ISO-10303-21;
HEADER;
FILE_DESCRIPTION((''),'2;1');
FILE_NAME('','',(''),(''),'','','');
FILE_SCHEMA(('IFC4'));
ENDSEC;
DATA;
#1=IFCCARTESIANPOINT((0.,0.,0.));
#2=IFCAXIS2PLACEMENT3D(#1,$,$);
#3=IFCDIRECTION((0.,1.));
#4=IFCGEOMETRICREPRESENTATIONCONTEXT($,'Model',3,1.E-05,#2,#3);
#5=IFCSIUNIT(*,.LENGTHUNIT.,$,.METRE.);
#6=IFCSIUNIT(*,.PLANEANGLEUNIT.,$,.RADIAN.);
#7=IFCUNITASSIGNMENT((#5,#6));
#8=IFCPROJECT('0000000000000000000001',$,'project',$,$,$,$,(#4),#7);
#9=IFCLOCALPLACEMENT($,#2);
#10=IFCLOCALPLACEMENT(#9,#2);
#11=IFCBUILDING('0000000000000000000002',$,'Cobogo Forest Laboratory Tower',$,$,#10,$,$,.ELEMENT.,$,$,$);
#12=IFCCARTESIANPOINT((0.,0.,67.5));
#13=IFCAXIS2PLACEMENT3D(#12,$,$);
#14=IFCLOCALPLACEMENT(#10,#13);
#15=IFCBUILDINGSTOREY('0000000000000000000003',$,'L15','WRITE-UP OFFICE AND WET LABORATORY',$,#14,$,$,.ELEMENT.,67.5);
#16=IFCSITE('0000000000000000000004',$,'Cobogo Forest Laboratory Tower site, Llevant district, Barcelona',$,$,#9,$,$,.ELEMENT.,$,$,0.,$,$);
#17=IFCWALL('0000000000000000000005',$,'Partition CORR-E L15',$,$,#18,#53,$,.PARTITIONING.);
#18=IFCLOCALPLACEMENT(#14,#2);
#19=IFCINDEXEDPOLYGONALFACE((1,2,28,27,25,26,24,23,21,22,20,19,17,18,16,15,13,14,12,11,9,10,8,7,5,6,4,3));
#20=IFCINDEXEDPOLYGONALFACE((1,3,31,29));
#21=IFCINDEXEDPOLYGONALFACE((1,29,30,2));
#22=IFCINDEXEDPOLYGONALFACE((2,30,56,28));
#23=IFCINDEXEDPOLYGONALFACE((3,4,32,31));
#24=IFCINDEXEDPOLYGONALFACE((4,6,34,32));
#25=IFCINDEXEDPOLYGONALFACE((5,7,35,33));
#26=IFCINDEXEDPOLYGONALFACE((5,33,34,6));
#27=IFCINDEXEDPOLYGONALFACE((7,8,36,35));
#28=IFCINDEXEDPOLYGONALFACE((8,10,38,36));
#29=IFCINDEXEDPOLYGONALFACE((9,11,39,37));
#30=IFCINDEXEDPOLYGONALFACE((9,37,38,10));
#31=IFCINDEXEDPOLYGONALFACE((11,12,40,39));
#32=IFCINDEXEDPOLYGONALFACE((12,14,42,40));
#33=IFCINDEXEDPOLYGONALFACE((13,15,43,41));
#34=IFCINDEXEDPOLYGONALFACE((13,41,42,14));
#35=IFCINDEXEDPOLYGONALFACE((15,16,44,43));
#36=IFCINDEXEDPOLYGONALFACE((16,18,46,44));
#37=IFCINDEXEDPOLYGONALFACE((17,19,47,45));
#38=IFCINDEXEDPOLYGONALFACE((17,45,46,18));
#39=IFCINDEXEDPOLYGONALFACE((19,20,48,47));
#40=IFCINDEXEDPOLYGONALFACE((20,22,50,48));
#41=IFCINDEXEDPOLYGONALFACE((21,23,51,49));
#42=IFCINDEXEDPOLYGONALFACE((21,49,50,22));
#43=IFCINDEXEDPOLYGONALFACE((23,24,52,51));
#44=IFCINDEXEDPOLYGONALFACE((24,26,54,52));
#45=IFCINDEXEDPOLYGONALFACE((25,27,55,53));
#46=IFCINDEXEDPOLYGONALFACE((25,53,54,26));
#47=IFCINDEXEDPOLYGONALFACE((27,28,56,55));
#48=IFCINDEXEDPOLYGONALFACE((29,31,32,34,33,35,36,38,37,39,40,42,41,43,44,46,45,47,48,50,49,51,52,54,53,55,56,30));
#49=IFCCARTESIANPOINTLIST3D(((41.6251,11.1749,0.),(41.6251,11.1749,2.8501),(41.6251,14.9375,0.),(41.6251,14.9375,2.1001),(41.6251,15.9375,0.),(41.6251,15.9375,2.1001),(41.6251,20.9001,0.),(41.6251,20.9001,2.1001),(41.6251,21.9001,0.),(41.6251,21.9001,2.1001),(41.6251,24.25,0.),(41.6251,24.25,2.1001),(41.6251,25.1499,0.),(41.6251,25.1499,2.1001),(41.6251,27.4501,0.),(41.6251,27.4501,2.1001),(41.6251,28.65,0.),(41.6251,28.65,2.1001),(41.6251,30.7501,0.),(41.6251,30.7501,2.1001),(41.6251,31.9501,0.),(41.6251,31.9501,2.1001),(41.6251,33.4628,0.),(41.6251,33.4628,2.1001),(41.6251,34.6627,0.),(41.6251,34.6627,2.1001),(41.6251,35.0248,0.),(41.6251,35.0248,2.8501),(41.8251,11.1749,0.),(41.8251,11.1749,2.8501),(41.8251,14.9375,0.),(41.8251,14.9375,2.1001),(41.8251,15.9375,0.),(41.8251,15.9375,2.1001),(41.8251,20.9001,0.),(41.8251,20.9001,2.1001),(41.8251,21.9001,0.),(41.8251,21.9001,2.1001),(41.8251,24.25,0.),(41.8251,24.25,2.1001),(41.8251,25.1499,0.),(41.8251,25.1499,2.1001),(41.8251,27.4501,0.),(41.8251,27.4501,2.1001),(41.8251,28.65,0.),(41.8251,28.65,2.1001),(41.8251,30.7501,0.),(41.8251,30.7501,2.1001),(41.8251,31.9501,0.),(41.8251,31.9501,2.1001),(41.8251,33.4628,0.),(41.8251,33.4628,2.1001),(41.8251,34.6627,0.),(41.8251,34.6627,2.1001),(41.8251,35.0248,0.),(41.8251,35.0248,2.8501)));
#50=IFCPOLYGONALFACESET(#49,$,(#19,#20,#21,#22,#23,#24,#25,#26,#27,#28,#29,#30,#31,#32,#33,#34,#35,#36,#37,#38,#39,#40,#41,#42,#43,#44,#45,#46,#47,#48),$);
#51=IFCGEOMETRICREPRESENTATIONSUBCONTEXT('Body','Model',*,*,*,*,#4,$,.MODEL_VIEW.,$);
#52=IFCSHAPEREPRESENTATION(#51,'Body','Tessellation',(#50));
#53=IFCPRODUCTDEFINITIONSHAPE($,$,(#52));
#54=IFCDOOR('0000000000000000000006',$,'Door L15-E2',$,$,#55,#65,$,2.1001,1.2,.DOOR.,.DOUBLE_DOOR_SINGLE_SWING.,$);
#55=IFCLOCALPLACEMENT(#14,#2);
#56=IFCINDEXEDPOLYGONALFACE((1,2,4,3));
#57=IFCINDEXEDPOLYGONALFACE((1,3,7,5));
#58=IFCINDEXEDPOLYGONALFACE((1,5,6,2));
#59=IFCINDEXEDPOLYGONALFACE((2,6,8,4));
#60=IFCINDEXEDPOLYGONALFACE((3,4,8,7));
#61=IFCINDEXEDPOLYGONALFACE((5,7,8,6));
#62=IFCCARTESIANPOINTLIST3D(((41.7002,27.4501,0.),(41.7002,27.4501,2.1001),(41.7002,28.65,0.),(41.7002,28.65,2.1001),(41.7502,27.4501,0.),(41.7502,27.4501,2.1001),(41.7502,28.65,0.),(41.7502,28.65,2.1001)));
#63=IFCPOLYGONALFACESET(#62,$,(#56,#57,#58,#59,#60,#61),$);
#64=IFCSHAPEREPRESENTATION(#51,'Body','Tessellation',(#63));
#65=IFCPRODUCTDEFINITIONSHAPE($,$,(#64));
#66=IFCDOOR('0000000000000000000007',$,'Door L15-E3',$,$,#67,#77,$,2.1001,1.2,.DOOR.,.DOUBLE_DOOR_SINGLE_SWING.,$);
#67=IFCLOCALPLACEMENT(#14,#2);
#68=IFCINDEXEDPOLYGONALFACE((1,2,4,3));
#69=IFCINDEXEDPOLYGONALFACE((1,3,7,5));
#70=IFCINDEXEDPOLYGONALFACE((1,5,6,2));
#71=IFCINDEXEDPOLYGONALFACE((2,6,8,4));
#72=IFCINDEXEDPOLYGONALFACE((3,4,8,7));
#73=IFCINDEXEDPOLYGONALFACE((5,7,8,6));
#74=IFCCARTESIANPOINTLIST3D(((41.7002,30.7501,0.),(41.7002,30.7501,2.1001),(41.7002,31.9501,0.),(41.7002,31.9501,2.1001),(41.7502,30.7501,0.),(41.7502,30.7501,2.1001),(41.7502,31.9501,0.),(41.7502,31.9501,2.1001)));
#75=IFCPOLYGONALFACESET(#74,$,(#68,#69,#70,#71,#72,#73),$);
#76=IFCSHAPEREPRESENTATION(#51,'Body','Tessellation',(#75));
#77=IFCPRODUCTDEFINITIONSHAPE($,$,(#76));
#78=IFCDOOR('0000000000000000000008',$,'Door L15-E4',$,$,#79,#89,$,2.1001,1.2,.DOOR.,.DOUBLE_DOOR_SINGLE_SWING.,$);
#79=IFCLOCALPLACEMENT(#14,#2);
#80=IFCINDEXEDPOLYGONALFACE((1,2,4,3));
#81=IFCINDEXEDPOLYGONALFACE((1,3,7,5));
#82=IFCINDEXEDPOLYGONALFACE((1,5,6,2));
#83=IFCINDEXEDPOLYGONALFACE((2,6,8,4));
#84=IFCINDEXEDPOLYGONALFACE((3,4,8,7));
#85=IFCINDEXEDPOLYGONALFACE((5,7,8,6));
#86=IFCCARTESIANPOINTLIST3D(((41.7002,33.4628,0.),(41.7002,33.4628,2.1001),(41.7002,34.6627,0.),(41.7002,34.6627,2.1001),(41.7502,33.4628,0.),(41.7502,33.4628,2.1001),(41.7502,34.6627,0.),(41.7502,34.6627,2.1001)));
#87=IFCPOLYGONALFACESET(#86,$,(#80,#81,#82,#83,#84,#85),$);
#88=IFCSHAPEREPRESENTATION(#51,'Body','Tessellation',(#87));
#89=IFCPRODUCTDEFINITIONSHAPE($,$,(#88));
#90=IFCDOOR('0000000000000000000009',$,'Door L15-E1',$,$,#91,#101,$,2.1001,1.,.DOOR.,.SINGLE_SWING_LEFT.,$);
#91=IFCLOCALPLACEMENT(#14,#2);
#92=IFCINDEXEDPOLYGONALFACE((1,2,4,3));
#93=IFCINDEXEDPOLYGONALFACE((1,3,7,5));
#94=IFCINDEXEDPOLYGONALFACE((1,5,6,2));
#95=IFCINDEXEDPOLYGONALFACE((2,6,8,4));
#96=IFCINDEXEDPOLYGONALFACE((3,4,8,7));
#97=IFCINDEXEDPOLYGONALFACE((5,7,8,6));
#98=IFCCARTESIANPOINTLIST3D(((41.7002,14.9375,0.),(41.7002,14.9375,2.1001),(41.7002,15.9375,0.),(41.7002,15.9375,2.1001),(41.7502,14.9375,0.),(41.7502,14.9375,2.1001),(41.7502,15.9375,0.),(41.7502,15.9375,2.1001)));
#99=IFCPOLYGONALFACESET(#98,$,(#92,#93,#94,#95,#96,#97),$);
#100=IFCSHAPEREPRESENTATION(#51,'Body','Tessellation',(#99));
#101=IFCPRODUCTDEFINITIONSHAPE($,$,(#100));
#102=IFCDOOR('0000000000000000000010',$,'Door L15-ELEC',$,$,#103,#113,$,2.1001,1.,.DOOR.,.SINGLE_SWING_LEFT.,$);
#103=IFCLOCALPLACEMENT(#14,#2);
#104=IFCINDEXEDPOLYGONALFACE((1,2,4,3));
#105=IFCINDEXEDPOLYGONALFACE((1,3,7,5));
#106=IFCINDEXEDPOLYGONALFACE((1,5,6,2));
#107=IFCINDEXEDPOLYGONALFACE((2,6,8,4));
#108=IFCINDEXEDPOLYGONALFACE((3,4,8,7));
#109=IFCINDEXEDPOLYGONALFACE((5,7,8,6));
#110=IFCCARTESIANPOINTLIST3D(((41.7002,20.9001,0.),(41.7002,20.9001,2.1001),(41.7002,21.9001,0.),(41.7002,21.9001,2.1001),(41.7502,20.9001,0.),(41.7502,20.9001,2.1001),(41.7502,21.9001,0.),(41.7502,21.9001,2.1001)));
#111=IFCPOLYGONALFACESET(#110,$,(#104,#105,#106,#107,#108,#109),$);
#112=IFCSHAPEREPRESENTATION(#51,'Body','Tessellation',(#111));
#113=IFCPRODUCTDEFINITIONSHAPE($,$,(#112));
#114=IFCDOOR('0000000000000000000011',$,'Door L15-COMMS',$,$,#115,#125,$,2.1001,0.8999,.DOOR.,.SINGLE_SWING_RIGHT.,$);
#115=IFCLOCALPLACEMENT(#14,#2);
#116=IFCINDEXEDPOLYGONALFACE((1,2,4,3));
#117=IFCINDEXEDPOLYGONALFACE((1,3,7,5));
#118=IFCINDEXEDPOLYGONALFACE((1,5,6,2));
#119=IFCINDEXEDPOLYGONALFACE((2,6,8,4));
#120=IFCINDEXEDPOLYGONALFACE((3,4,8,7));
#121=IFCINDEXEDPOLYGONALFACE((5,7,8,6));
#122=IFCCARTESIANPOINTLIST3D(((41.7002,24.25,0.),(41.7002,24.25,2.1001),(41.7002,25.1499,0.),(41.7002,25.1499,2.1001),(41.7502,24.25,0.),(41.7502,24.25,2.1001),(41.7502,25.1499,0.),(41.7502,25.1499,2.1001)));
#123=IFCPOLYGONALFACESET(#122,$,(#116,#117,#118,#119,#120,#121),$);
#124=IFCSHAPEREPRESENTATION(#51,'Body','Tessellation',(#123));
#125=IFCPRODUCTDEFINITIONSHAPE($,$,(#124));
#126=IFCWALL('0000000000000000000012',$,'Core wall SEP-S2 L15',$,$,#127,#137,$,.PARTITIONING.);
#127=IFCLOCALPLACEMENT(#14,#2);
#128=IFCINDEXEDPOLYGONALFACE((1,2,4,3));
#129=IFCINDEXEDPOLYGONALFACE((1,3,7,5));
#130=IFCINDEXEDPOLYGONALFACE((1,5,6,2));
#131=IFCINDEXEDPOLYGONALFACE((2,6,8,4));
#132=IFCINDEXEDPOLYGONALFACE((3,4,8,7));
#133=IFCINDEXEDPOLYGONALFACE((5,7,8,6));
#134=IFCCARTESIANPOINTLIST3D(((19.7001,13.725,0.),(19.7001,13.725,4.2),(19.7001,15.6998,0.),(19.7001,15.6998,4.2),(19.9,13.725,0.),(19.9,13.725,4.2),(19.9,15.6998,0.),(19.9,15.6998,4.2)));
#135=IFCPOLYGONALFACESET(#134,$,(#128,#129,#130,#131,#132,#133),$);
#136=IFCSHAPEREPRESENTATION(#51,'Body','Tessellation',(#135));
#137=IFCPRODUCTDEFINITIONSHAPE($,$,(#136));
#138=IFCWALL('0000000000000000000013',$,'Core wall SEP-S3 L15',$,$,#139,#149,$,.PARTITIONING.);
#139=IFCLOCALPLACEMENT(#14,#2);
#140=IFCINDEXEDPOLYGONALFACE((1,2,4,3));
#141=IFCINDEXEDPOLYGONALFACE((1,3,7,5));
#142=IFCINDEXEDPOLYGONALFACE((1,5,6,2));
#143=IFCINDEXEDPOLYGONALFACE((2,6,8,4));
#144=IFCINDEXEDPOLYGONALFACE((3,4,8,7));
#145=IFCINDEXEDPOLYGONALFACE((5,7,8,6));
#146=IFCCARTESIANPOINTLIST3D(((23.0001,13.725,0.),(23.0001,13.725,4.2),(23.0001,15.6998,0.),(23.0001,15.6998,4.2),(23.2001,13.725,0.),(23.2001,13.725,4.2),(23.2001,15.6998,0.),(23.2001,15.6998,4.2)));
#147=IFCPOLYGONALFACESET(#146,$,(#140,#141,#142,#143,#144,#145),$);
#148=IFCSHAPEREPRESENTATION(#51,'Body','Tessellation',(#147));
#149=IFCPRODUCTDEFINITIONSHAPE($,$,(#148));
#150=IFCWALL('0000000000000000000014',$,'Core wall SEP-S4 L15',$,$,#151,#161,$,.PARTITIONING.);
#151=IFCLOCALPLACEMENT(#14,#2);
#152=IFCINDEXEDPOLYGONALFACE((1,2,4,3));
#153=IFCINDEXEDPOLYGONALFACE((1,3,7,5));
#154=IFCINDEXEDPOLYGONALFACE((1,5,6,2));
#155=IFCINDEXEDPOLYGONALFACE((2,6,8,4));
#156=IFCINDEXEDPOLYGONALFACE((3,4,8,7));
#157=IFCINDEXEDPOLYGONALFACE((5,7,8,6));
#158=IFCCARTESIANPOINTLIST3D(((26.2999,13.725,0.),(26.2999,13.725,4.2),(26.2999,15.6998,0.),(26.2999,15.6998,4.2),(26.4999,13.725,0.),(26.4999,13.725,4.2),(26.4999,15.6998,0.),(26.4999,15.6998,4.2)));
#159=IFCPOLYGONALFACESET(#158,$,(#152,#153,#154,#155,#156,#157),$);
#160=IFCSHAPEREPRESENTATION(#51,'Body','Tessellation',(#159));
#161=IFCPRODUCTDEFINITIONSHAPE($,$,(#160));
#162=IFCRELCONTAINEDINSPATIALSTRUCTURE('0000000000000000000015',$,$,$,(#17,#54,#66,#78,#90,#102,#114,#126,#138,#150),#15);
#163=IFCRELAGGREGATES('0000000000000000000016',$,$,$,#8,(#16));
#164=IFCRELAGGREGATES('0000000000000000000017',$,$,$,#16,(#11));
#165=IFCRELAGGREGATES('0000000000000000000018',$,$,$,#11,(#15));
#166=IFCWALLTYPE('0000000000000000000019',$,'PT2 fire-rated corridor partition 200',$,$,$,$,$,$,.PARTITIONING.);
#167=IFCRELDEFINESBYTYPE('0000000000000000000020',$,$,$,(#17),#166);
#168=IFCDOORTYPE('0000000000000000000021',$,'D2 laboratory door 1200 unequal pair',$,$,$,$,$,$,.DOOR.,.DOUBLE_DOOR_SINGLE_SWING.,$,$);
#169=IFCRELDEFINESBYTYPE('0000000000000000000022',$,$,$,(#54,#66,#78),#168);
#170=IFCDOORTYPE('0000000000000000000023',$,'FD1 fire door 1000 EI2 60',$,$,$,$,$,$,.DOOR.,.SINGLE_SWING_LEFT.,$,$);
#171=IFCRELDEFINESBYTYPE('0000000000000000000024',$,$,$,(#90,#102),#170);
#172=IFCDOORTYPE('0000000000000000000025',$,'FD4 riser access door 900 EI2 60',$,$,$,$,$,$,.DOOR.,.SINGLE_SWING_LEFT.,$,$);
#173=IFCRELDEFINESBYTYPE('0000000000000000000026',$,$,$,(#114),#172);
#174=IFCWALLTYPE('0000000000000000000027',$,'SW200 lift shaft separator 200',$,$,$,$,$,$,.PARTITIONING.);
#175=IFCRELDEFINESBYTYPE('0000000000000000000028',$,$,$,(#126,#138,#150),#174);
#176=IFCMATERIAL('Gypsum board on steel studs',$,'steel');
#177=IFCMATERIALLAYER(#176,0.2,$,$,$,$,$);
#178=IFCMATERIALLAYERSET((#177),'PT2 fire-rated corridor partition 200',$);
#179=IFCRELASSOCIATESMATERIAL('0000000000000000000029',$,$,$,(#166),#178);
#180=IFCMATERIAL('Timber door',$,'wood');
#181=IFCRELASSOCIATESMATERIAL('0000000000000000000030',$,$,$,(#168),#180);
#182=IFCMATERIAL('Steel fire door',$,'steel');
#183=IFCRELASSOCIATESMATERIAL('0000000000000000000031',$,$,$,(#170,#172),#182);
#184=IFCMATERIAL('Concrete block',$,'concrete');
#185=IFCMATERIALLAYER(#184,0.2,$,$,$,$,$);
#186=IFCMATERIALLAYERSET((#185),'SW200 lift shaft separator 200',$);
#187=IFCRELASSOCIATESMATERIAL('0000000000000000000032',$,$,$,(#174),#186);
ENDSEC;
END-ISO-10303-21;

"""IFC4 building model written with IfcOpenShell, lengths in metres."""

from ifc_helpers import new_model, si_unit, direction, frame, frame_2d, origin, place, context, subcontext, project, spatial, rectangle, extrude, material, layer, layer_set, type_object, element, fill, save


model = new_model("IFC4")

# Units and contexts
model_context = context("Model", 3, precision=1e-05, world=origin(), true_north=direction((0.0, 1.0)))
body_context = subcontext(model_context, "Body", "Model", "MODEL_VIEW")
ifc_project = project(units=[si_unit("LENGTHUNIT", "METRE"), si_unit("PLANEANGLEUNIT", "RADIAN")], contexts=[model_context])

# Site, building, storey
site_placement = place(None, origin())
site = spatial("IfcSite", under=ifc_project, at=site_placement, Name="Cobogo Forest Laboratory Tower site, Llevant district, Barcelona", CompositionType="ELEMENT", RefElevation=0.0)
building_placement = place(site_placement, origin())
building = spatial("IfcBuilding", under=site, at=building_placement, Name="Cobogo Forest Laboratory Tower", CompositionType="ELEMENT")
storey_placement = place(building_placement, frame((0.0, 0.0, 67.5)))
storey = spatial("IfcBuildingStorey", under=building, at=storey_placement, Name="L15", Description="WRITE-UP OFFICE AND WET LABORATORY", CompositionType="ELEMENT", Elevation=67.5)

# Shared definitions
ifc_material_1 = material(Name="Gypsum board on steel studs", Category="steel")

# Wall, openings, doors
ifc_layer_1 = layer(ifc_material_1, 0.2)
ifc_layer_set_1 = layer_set([ifc_layer_1], Name="PT2 fire-rated corridor partition 200")
wall_type_1 = type_object("IfcWallType", Name="PT2 fire-rated corridor partition 200", PredefinedType="PARTITIONING", material=ifc_layer_set_1)
wall_1_placement = place(storey_placement, frame((41.7251, 11.175, 0.0), z_axis=(0.0, 0.0, 1.0), x_axis=(0.0, 1.0, 0.0)))
wall_1 = element("IfcWall", 1, at=wall_1_placement, inside=storey, type_object=wall_type_1, Name="Partition CORR-E L15", PredefinedType="PARTITIONING", context=body_context, shape_type="SweptSolid", body=[
    extrude(rectangle(XDim=23.8499, YDim=0.2, at=frame_2d((11.9248, 0.0))), origin(), (0.0, 0.0, 1.0), 2.8501),
])
opening_1_placement = place(wall_1_placement, frame((3.7625, 0.0, 0.0)))
opening_1 = element("IfcOpeningElement", 2, at=opening_1_placement, cuts=wall_1, PredefinedType="OPENING", context=body_context, shape_type="SweptSolid", body=[
    extrude(rectangle(XDim=1.0, YDim=2.1001, at=frame_2d((0.5, 1.05))), frame((0.0, 0.1099, 0.0), z_axis=(0.0, -1.0, 0.0), x_axis=(1.0, 0.0, 0.0)), (0.0, 0.0, 1.0), 0.22),
])
opening_2_placement = place(wall_1_placement, frame((9.7251, 0.0, 0.0)))
opening_2 = element("IfcOpeningElement", 3, at=opening_2_placement, cuts=wall_1, PredefinedType="OPENING", context=body_context, shape_type="SweptSolid", body=[
    extrude(rectangle(XDim=1.0, YDim=2.1001, at=frame_2d((0.5, 1.05))), frame((0.0, 0.1099, 0.0), z_axis=(0.0, -1.0, 0.0), x_axis=(1.0, 0.0, 0.0)), (0.0, 0.0, 1.0), 0.22),
])
opening_3_placement = place(wall_1_placement, frame((13.075, 0.0, 0.0)))
opening_3 = element("IfcOpeningElement", 4, at=opening_3_placement, cuts=wall_1, PredefinedType="OPENING", context=body_context, shape_type="SweptSolid", body=[
    extrude(rectangle(XDim=0.8999, YDim=2.1001, at=frame_2d((0.45, 1.05))), frame((0.0, 0.1099, 0.0), z_axis=(0.0, -1.0, 0.0), x_axis=(1.0, 0.0, 0.0)), (0.0, 0.0, 1.0), 0.22),
])
opening_4_placement = place(wall_1_placement, frame((16.2749, 0.0, 0.0)))
opening_4 = element("IfcOpeningElement", 5, at=opening_4_placement, cuts=wall_1, PredefinedType="OPENING", context=body_context, shape_type="SweptSolid", body=[
    extrude(rectangle(XDim=1.2, YDim=2.1001, at=frame_2d((0.6001, 1.05))), frame((0.0, 0.1099, 0.0), z_axis=(0.0, -1.0, 0.0), x_axis=(1.0, 0.0, 0.0)), (0.0, 0.0, 1.0), 0.22),
])
opening_5_placement = place(wall_1_placement, frame((19.575, 0.0, 0.0)))
opening_5 = element("IfcOpeningElement", 6, at=opening_5_placement, cuts=wall_1, PredefinedType="OPENING", context=body_context, shape_type="SweptSolid", body=[
    extrude(rectangle(XDim=1.2, YDim=2.1001, at=frame_2d((0.6001, 1.05))), frame((0.0, 0.1099, 0.0), z_axis=(0.0, -1.0, 0.0), x_axis=(1.0, 0.0, 0.0)), (0.0, 0.0, 1.0), 0.22),
])
opening_6_placement = place(wall_1_placement, frame((22.2876, 0.0, 0.0)))
opening_6 = element("IfcOpeningElement", 7, at=opening_6_placement, cuts=wall_1, PredefinedType="OPENING", context=body_context, shape_type="SweptSolid", body=[
    extrude(rectangle(XDim=1.2, YDim=2.1001, at=frame_2d((0.6001, 1.05))), frame((0.0, 0.1099, 0.0), z_axis=(0.0, -1.0, 0.0), x_axis=(1.0, 0.0, 0.0)), (0.0, 0.0, 1.0), 0.22),
])
ifc_material_2 = material(Name="Timber door", Category="wood")
door_type_1 = type_object("IfcDoorType", Name="D2 laboratory door 1200 unequal pair", OperationType="DOUBLE_DOOR_SINGLE_SWING", PredefinedType="DOOR", material=ifc_material_2)
door_1_placement = place(opening_4_placement, origin())
door_1 = element("IfcDoor", 8, at=door_1_placement, inside=storey, type_object=door_type_1, Name="Door L15-E2", OperationType="DOUBLE_DOOR_SINGLE_SWING", OverallHeight=2.1001, OverallWidth=1.2, PredefinedType="DOOR", context=body_context, shape_type="SweptSolid", body=[
    extrude(rectangle(XDim=1.2, YDim=2.1001, at=frame_2d((0.6001, 1.05))), frame((0.0, 0.0249, 0.0), z_axis=(0.0, -1.0, 0.0), x_axis=(1.0, 0.0, 0.0)), (0.0, 0.0, 1.0), 0.05),
])
fill(opening_4, door_1)
door_2_placement = place(opening_5_placement, origin())
door_2 = element("IfcDoor", 9, at=door_2_placement, inside=storey, type_object=door_type_1, Name="Door L15-E3", OperationType="DOUBLE_DOOR_SINGLE_SWING", OverallHeight=2.1001, OverallWidth=1.2, PredefinedType="DOOR", context=body_context, shape_type="SweptSolid", body=[
    extrude(rectangle(XDim=1.2, YDim=2.1001, at=frame_2d((0.6001, 1.05))), frame((0.0, 0.0249, 0.0), z_axis=(0.0, -1.0, 0.0), x_axis=(1.0, 0.0, 0.0)), (0.0, 0.0, 1.0), 0.05),
])
fill(opening_5, door_2)
door_3_placement = place(opening_6_placement, origin())
door_3 = element("IfcDoor", 10, at=door_3_placement, inside=storey, type_object=door_type_1, Name="Door L15-E4", OperationType="DOUBLE_DOOR_SINGLE_SWING", OverallHeight=2.1001, OverallWidth=1.2, PredefinedType="DOOR", context=body_context, shape_type="SweptSolid", body=[
    extrude(rectangle(XDim=1.2, YDim=2.1001, at=frame_2d((0.6001, 1.05))), frame((0.0, 0.0249, 0.0), z_axis=(0.0, -1.0, 0.0), x_axis=(1.0, 0.0, 0.0)), (0.0, 0.0, 1.0), 0.05),
])
fill(opening_6, door_3)
ifc_material_3 = material(Name="Steel fire door", Category="steel")
door_type_2 = type_object("IfcDoorType", Name="FD1 fire door 1000 EI2 60", OperationType="SINGLE_SWING_LEFT", PredefinedType="DOOR", material=ifc_material_3)
door_4_placement = place(opening_1_placement, origin())
door_4 = element("IfcDoor", 11, at=door_4_placement, inside=storey, type_object=door_type_2, Name="Door L15-E1", OperationType="SINGLE_SWING_LEFT", OverallHeight=2.1001, OverallWidth=1.0, PredefinedType="DOOR", context=body_context, shape_type="SweptSolid", body=[
    extrude(rectangle(XDim=1.0, YDim=2.1001, at=frame_2d((0.5, 1.05))), frame((0.0, 0.0249, 0.0), z_axis=(0.0, -1.0, 0.0), x_axis=(1.0, 0.0, 0.0)), (0.0, 0.0, 1.0), 0.05),
])
fill(opening_1, door_4)
door_5_placement = place(opening_2_placement, origin())
door_5 = element("IfcDoor", 12, at=door_5_placement, inside=storey, type_object=door_type_2, Name="Door L15-ELEC", OperationType="SINGLE_SWING_LEFT", OverallHeight=2.1001, OverallWidth=1.0, PredefinedType="DOOR", context=body_context, shape_type="SweptSolid", body=[
    extrude(rectangle(XDim=1.0, YDim=2.1001, at=frame_2d((0.5, 1.05))), frame((0.0, 0.0249, 0.0), z_axis=(0.0, -1.0, 0.0), x_axis=(1.0, 0.0, 0.0)), (0.0, 0.0, 1.0), 0.05),
])
fill(opening_2, door_5)
door_type_3 = type_object("IfcDoorType", Name="FD4 riser access door 900 EI2 60", OperationType="SINGLE_SWING_LEFT", PredefinedType="DOOR", material=ifc_material_3)
door_6_placement = place(opening_3_placement, origin())
door_6 = element("IfcDoor", 13, at=door_6_placement, inside=storey, type_object=door_type_3, Name="Door L15-COMMS", OperationType="SINGLE_SWING_RIGHT", OverallHeight=2.1001, OverallWidth=0.8999, PredefinedType="DOOR", context=body_context, shape_type="SweptSolid", body=[
    extrude(rectangle(XDim=0.8999, YDim=2.1001, at=frame_2d((0.45, 1.05))), frame((0.0, 0.0249, 0.0), z_axis=(0.0, -1.0, 0.0), x_axis=(1.0, 0.0, 0.0)), (0.0, 0.0, 1.0), 0.05),
])
fill(opening_3, door_6)

# Walls
ifc_material_4 = material(Name="Concrete block", Category="concrete")
ifc_layer_2 = layer(ifc_material_4, 0.2)
ifc_layer_set_2 = layer_set([ifc_layer_2], Name="SW200 lift shaft separator 200")
wall_type_2 = type_object("IfcWallType", Name="SW200 lift shaft separator 200", PredefinedType="PARTITIONING", material=ifc_layer_set_2)
for number, where, z_axis, x_axis, name in (
    (14, (19.8, 13.7251, 0.0), (0.0, 0.0, 1.0), (0.0, 1.0, 0.0), "Core wall SEP-S2 L15"),
    (15, (23.1001, 13.7251, 0.0), (0.0, 0.0, 1.0), (0.0, 1.0, 0.0), "Core wall SEP-S3 L15"),
    (16, (26.3999, 13.7251, 0.0), (0.0, 0.0, 1.0), (0.0, 1.0, 0.0), "Core wall SEP-S4 L15"),
):
    element("IfcWall", number, at=place(storey_placement, frame(where, z_axis=z_axis, x_axis=x_axis)), inside=storey, type_object=wall_type_2, Name=name, PredefinedType="PARTITIONING", context=body_context, shape_type="SweptSolid", body=[
        extrude(rectangle(XDim=1.9749, YDim=0.2, at=frame_2d((0.9873, 0.0))), origin(), (0.0, 0.0, 1.0), 4.2),
    ])

save(model, "model.ifc")
